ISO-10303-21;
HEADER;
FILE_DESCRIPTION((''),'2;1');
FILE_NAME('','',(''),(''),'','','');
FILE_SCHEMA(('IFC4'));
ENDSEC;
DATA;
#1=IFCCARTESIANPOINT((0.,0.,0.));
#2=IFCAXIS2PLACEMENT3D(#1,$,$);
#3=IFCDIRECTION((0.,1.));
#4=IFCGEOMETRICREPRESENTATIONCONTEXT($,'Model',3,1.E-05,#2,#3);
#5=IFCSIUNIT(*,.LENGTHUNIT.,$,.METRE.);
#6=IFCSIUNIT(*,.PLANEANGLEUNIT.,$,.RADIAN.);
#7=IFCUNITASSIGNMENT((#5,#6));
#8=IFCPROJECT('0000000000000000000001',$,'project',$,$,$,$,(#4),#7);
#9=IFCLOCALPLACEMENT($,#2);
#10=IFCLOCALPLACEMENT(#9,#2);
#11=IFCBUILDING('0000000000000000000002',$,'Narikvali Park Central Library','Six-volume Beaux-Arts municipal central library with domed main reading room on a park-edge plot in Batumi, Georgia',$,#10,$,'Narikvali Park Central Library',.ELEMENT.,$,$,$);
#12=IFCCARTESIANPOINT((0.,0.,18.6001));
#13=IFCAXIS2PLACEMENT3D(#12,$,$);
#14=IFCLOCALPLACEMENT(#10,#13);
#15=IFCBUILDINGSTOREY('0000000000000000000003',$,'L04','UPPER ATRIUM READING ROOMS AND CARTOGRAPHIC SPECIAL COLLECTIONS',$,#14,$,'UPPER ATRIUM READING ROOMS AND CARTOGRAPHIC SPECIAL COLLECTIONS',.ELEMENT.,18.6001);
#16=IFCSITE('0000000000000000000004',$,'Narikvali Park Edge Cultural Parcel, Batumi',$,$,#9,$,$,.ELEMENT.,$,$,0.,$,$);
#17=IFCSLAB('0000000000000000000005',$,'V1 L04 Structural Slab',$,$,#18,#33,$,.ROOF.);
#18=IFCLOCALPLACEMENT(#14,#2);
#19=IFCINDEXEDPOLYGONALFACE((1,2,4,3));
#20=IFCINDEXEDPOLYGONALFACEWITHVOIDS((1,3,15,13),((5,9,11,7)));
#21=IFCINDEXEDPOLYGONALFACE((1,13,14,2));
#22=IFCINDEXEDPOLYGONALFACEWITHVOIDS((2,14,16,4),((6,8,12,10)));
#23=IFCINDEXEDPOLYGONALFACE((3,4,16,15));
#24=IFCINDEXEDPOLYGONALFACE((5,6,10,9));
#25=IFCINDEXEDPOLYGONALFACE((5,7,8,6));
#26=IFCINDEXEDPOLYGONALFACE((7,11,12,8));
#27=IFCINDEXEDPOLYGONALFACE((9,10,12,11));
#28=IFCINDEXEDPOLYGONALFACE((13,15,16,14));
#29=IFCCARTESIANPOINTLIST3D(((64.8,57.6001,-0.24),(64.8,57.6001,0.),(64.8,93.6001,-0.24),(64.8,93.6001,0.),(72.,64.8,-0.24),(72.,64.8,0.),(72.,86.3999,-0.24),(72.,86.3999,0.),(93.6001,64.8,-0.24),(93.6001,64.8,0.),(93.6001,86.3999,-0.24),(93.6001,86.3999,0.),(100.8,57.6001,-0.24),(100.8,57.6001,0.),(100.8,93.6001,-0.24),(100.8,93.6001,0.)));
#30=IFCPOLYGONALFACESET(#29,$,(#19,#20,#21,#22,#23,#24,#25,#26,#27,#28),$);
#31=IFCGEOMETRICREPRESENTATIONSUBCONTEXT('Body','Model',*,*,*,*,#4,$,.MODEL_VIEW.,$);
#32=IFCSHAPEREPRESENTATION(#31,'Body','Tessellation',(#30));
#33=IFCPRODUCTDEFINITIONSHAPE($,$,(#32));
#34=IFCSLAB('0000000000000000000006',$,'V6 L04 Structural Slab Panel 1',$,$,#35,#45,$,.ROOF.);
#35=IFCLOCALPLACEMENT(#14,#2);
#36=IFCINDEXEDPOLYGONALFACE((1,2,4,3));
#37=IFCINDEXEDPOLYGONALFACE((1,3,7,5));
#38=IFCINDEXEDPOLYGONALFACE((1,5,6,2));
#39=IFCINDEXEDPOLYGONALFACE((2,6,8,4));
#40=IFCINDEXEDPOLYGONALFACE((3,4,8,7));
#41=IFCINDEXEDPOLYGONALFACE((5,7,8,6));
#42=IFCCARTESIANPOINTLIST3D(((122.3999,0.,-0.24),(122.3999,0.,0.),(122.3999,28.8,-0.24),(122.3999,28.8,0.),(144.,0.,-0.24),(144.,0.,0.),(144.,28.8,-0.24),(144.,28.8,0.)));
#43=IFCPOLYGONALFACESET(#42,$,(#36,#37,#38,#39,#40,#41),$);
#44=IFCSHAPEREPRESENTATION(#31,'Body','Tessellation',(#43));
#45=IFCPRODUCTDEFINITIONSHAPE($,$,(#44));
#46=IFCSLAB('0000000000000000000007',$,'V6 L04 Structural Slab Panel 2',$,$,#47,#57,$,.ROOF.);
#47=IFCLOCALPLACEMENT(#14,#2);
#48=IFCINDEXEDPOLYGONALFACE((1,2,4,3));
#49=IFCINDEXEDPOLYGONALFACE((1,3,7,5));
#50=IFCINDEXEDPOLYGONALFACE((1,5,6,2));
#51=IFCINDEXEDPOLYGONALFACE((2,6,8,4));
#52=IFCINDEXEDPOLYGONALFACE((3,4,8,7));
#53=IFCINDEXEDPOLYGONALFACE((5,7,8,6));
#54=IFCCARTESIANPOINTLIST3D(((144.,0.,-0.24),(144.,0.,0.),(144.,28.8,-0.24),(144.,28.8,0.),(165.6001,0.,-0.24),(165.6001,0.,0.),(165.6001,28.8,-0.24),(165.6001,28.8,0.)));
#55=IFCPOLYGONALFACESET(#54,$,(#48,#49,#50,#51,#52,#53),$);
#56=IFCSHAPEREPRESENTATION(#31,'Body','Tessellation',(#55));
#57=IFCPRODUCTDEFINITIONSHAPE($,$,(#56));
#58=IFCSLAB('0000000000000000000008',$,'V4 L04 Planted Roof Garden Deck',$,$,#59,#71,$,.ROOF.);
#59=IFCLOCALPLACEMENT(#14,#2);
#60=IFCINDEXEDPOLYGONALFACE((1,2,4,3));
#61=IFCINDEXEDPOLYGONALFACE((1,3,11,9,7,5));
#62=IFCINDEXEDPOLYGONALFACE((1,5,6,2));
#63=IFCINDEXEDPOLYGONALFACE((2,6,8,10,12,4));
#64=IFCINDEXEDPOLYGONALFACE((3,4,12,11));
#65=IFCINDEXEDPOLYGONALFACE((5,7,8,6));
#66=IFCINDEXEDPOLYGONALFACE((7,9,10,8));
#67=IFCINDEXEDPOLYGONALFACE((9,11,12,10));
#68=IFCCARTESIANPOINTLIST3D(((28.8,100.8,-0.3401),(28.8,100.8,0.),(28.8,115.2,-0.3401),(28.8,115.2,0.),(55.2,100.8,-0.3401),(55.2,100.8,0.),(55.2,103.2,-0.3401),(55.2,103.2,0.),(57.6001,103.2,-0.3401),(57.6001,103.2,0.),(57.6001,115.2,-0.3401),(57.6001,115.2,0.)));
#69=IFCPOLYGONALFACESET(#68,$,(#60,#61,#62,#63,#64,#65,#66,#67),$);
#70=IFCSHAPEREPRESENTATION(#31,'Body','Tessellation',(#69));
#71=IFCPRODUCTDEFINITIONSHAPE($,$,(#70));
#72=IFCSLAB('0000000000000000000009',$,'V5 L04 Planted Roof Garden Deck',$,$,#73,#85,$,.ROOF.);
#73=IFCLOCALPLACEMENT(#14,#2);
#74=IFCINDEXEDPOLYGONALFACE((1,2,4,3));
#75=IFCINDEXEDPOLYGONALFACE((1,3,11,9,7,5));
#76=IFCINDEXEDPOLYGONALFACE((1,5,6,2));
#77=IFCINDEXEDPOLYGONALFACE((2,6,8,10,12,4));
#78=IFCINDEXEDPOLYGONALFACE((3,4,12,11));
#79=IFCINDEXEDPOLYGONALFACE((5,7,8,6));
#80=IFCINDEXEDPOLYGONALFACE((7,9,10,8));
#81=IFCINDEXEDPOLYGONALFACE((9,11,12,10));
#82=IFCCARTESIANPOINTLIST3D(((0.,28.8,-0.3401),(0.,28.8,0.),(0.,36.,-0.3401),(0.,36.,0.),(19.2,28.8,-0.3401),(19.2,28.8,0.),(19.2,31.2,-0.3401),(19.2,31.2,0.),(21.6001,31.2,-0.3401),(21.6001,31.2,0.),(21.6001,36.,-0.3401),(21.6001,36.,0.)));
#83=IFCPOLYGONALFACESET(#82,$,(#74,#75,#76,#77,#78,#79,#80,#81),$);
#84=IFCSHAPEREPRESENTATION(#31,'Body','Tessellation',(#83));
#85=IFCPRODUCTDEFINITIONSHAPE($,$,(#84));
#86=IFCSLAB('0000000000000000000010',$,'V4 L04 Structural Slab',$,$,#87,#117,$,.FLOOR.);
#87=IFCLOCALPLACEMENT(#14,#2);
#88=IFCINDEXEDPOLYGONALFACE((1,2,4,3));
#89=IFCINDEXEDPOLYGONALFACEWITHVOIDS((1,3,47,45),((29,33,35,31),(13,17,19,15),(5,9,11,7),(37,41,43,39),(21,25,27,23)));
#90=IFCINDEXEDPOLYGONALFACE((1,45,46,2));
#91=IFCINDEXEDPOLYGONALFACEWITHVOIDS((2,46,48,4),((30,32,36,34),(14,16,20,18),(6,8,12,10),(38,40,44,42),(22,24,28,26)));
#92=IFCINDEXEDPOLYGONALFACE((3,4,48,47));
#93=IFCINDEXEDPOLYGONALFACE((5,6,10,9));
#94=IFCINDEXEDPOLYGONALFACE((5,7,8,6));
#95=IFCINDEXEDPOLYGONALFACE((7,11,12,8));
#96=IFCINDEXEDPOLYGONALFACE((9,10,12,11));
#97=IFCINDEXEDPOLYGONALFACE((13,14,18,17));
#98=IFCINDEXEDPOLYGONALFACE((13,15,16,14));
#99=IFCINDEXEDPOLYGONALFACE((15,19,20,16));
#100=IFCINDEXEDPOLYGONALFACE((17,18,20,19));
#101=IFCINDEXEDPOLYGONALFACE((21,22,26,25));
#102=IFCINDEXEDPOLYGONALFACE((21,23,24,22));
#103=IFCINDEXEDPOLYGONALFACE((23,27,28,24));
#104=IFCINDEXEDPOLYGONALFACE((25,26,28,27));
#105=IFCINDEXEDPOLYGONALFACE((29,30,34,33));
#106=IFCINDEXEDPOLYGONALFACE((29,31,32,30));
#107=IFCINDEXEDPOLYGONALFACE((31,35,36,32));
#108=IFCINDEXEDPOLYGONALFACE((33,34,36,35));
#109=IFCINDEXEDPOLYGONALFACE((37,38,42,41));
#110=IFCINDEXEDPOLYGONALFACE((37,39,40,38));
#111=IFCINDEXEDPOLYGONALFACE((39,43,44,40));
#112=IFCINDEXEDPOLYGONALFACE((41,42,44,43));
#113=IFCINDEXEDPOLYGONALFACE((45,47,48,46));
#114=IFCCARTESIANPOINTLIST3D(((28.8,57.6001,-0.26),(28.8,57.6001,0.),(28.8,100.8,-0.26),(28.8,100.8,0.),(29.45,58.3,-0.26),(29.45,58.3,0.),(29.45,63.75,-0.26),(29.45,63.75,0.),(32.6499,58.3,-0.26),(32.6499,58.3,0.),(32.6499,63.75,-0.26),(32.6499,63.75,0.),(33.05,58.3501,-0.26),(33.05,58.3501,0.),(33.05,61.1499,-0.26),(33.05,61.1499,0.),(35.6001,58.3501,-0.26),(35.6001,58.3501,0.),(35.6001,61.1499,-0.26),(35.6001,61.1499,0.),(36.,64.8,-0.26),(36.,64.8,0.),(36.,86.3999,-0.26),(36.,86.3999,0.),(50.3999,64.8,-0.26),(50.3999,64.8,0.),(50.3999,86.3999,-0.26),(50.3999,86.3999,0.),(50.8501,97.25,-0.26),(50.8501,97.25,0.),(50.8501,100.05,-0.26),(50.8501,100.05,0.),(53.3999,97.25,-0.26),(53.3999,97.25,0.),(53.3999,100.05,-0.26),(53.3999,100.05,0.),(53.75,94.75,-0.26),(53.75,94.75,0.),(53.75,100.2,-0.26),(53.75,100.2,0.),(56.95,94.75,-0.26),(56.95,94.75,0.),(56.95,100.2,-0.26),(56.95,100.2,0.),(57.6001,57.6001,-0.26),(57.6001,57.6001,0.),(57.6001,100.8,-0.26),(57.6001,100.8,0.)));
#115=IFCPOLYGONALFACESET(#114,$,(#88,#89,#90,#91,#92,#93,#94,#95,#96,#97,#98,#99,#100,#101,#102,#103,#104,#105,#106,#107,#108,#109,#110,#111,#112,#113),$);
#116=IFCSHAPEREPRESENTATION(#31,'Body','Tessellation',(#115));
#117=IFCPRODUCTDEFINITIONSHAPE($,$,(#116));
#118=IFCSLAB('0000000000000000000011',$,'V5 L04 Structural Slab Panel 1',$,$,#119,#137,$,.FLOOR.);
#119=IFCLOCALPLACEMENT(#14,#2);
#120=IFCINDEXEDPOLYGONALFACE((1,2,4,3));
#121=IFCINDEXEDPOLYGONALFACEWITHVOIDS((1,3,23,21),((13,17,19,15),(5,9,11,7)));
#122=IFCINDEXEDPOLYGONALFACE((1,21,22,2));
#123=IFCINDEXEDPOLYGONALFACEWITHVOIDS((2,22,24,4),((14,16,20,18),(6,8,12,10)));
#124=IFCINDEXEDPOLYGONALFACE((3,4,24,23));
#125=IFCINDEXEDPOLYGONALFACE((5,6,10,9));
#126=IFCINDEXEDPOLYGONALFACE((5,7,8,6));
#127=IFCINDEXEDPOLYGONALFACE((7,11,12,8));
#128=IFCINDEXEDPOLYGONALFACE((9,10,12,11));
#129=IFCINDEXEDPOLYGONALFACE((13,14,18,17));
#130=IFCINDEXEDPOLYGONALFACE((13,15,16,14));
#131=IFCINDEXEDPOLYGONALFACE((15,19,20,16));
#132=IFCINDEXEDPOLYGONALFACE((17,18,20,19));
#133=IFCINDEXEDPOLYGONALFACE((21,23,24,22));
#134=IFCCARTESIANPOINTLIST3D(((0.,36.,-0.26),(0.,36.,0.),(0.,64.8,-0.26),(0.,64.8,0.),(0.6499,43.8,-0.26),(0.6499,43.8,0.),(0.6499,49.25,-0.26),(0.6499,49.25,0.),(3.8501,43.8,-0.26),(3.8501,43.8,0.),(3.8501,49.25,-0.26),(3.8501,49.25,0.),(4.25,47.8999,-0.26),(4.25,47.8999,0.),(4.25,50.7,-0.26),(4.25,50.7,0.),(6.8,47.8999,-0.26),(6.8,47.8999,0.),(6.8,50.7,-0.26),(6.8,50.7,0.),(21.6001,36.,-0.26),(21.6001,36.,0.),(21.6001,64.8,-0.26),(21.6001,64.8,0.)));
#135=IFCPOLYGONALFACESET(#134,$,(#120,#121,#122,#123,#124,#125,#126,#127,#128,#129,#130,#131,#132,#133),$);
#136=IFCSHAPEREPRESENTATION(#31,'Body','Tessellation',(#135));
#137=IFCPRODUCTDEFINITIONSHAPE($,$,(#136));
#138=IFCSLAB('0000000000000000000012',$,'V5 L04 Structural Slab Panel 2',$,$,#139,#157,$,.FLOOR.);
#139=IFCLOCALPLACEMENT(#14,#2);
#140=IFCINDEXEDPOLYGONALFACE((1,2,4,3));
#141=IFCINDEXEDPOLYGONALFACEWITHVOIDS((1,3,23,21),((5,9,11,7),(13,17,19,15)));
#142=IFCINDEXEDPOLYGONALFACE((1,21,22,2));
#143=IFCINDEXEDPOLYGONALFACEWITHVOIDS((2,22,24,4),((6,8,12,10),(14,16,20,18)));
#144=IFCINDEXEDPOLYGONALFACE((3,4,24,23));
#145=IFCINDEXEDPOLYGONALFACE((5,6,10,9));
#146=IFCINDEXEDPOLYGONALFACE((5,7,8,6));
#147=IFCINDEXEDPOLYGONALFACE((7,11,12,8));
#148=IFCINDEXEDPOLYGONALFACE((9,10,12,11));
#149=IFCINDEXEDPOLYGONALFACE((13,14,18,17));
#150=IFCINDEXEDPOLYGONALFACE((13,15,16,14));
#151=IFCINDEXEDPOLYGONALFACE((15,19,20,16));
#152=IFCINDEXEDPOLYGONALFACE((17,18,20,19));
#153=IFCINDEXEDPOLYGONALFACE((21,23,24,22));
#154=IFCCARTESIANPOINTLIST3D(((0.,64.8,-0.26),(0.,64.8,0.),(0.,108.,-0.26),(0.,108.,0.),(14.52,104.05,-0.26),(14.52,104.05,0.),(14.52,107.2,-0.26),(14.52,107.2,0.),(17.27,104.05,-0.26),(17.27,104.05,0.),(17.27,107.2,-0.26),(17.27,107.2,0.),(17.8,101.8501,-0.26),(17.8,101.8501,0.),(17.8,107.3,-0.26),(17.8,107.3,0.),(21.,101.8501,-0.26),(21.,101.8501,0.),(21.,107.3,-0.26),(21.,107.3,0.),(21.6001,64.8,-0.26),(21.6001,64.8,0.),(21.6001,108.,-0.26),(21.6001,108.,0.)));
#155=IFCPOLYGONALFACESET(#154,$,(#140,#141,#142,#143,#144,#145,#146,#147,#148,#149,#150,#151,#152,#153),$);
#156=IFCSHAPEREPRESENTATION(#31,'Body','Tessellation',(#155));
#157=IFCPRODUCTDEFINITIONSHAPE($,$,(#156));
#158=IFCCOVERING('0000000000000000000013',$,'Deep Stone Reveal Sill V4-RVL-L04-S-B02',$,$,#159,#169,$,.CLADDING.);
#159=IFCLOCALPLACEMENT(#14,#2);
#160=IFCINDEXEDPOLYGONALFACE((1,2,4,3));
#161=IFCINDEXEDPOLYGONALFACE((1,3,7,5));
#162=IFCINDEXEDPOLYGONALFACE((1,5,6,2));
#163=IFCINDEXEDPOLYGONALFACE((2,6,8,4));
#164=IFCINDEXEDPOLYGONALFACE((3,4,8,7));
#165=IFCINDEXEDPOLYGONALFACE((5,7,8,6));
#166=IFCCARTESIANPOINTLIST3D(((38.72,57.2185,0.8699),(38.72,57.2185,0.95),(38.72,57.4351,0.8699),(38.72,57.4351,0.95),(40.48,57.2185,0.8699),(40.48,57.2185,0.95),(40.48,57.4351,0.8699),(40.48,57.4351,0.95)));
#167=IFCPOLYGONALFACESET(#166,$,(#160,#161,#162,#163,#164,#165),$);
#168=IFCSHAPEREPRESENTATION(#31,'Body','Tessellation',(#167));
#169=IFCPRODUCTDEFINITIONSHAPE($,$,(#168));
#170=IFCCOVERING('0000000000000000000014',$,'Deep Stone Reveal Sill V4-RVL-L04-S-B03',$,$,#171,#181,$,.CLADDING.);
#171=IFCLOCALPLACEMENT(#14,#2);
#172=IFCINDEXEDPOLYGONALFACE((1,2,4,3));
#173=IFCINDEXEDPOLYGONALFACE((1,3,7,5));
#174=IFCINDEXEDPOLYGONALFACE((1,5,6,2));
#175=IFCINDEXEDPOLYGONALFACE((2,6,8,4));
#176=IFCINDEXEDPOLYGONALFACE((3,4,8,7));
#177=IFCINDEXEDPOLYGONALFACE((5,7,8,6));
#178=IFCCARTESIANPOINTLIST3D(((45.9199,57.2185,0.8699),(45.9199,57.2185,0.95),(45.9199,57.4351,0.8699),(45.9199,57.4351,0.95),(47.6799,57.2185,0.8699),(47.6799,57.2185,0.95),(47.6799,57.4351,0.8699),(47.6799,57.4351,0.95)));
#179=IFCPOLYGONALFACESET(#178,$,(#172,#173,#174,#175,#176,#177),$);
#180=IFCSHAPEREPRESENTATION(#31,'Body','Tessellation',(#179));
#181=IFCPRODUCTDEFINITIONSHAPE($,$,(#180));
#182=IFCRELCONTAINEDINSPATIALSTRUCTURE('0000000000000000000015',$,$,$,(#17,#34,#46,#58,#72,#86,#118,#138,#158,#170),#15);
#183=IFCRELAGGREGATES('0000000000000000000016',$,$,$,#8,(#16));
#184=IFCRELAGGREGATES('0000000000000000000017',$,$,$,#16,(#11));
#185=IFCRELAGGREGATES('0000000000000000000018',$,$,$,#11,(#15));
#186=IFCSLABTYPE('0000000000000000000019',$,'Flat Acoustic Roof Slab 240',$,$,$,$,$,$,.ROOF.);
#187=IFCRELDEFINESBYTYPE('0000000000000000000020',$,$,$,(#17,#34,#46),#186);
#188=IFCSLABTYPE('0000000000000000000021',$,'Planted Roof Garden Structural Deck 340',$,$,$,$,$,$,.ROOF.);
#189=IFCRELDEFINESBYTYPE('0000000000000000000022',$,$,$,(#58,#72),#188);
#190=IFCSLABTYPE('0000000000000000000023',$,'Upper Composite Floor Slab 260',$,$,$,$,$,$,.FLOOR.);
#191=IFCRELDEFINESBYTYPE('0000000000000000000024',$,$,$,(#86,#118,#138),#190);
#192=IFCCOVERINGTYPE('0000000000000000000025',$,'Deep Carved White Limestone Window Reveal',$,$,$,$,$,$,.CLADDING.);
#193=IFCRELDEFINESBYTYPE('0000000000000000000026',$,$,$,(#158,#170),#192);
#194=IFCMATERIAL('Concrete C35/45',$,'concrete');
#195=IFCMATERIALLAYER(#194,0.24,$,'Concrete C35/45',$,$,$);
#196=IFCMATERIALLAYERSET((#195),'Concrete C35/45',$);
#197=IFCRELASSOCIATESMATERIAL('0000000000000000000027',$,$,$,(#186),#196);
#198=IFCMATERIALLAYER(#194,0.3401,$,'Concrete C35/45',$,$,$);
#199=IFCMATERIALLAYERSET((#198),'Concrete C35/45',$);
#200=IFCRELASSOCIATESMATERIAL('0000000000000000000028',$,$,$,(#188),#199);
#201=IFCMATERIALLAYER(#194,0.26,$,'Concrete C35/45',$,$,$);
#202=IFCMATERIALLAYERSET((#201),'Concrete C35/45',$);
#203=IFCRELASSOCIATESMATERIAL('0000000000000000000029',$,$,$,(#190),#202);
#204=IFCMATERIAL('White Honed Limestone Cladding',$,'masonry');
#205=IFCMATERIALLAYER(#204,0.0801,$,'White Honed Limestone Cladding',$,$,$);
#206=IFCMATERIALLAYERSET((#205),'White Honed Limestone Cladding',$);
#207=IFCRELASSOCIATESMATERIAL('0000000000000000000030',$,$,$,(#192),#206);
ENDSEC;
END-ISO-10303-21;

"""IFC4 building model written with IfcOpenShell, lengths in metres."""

from ifc_helpers import new_model, si_unit, direction, frame, origin, place, context, subcontext, project, spatial, polyline, outline, extrude, material, layer, layer_set, type_object, element, save


model = new_model("IFC4")

# Units and contexts
model_context = context("Model", 3, precision=1e-05, world=origin(), true_north=direction((0.0, 1.0)))
body_context = subcontext(model_context, "Body", "Model", "MODEL_VIEW")
ifc_project = project(units=[si_unit("LENGTHUNIT", "METRE"), si_unit("PLANEANGLEUNIT", "RADIAN")], contexts=[model_context])

# Site, building, storey
site_placement = place(None, origin())
site = spatial("IfcSite", under=ifc_project, at=site_placement, Name="Narikvali Park Edge Cultural Parcel, Batumi", CompositionType="ELEMENT", RefElevation=0.0)
building_placement = place(site_placement, origin())
building = spatial("IfcBuilding", under=site, at=building_placement, Name="Narikvali Park Central Library", Description="Six-volume Beaux-Arts municipal central library with domed main reading room on a park-edge plot in Batumi, Georgia", LongName="Narikvali Park Central Library", CompositionType="ELEMENT")
storey_placement = place(building_placement, frame((0.0, 0.0, 18.6001)))
storey = spatial("IfcBuildingStorey", under=building, at=storey_placement, Name="L04", Description="UPPER ATRIUM READING ROOMS AND CARTOGRAPHIC SPECIAL COLLECTIONS", LongName="UPPER ATRIUM READING ROOMS AND CARTOGRAPHIC SPECIAL COLLECTIONS", CompositionType="ELEMENT", Elevation=18.6001)

# Slabs
ifc_material_1 = material(Name="Concrete C35/45", Category="concrete")
ifc_layer_1 = layer(ifc_material_1, 0.24, Name="Concrete C35/45")
ifc_layer_set_1 = layer_set([ifc_layer_1], Name="Concrete C35/45")
slab_type_1 = type_object("IfcSlabType", Name="Flat Acoustic Roof Slab 240", PredefinedType="ROOF", material=ifc_layer_set_1)
slab_1_placement = place(storey_placement, frame((0.0, 0.0, -0.24)))
element("IfcSlab", 1, at=slab_1_placement, inside=storey, type_object=slab_type_1, Name="V1 L04 Structural Slab", PredefinedType="ROOF", context=body_context, shape_type="SweptSolid", body=[
    extrude(outline(polyline([(64.8, 57.6001), (100.8, 57.6001), (100.8, 93.6001), (64.8, 93.6001), (64.8, 57.6001)]), holes=[polyline([(72.0, 64.8), (93.6001, 64.8), (93.6001, 86.3999), (72.0, 86.3999), (72.0, 64.8)])]), origin(), (0.0, 0.0, 1.0), 0.24),
])
slab_2_placement = place(storey_placement, frame((0.0, 0.0, -0.24)))
element("IfcSlab", 2, at=slab_2_placement, inside=storey, type_object=slab_type_1, Name="V6 L04 Structural Slab Panel 1", PredefinedType="ROOF", context=body_context, shape_type="SweptSolid", body=[
    extrude(outline(polyline([(122.3999, 0.0), (144.0, 0.0), (144.0, 28.8), (122.3999, 28.8), (122.3999, 0.0)])), origin(), (0.0, 0.0, 1.0), 0.24),
])
slab_3_placement = place(storey_placement, frame((0.0, 0.0, -0.24)))
element("IfcSlab", 3, at=slab_3_placement, inside=storey, type_object=slab_type_1, Name="V6 L04 Structural Slab Panel 2", PredefinedType="ROOF", context=body_context, shape_type="SweptSolid", body=[
    extrude(outline(polyline([(144.0, 0.0), (165.6001, 0.0), (165.6001, 28.8), (144.0, 28.8), (144.0, 0.0)])), origin(), (0.0, 0.0, 1.0), 0.24),
])
ifc_layer_2 = layer(ifc_material_1, 0.3401, Name="Concrete C35/45")
ifc_layer_set_2 = layer_set([ifc_layer_2], Name="Concrete C35/45")
slab_type_2 = type_object("IfcSlabType", Name="Planted Roof Garden Structural Deck 340", PredefinedType="ROOF", material=ifc_layer_set_2)
slab_4_placement = place(storey_placement, frame((0.0, 0.0, -0.3401)))
element("IfcSlab", 4, at=slab_4_placement, inside=storey, type_object=slab_type_2, Name="V4 L04 Planted Roof Garden Deck", PredefinedType="ROOF", context=body_context, shape_type="SweptSolid", body=[
    extrude(outline(polyline([(28.8, 100.8), (55.2, 100.8), (55.2, 103.2), (57.6001, 103.2), (57.6001, 115.2), (28.8, 115.2), (28.8, 100.8)])), origin(), (0.0, 0.0, 1.0), 0.3401),
])
slab_5_placement = place(storey_placement, frame((0.0, 0.0, -0.3401)))
element("IfcSlab", 5, at=slab_5_placement, inside=storey, type_object=slab_type_2, Name="V5 L04 Planted Roof Garden Deck", PredefinedType="ROOF", context=body_context, shape_type="SweptSolid", body=[
    extrude(outline(polyline([(0.0, 28.8), (19.2, 28.8), (19.2, 31.2), (21.6001, 31.2), (21.6001, 36.0), (0.0, 36.0), (0.0, 28.8)])), origin(), (0.0, 0.0, 1.0), 0.3401),
])
ifc_layer_3 = layer(ifc_material_1, 0.26, Name="Concrete C35/45")
ifc_layer_set_3 = layer_set([ifc_layer_3], Name="Concrete C35/45")
slab_type_3 = type_object("IfcSlabType", Name="Upper Composite Floor Slab 260", PredefinedType="FLOOR", material=ifc_layer_set_3)
slab_6_placement = place(storey_placement, frame((0.0, 0.0, -0.26)))
element("IfcSlab", 6, at=slab_6_placement, inside=storey, type_object=slab_type_3, Name="V4 L04 Structural Slab", PredefinedType="FLOOR", context=body_context, shape_type="SweptSolid", body=[
    extrude(outline(polyline([(28.8, 57.6001), (57.6001, 57.6001), (57.6001, 100.8), (28.8, 100.8), (28.8, 57.6001)]), holes=[polyline([(29.45, 58.3), (32.6499, 58.3), (32.6499, 63.75), (29.45, 63.75), (29.45, 58.3)]), polyline([(33.05, 58.3501), (35.6001, 58.3501), (35.6001, 61.1499), (33.05, 61.1499), (33.05, 58.3501)]), polyline([(53.75, 94.75), (56.95, 94.75), (56.95, 100.2), (53.75, 100.2), (53.75, 94.75)]), polyline([(50.8501, 97.25), (53.3999, 97.25), (53.3999, 100.05), (50.8501, 100.05), (50.8501, 97.25)]), polyline([(36.0, 64.8), (50.3999, 64.8), (50.3999, 86.3999), (36.0, 86.3999), (36.0, 64.8)])]), origin(), (0.0, 0.0, 1.0), 0.26),
])
slab_7_placement = place(storey_placement, frame((0.0, 0.0, -0.26)))
element("IfcSlab", 7, at=slab_7_placement, inside=storey, type_object=slab_type_3, Name="V5 L04 Structural Slab Panel 1", PredefinedType="FLOOR", context=body_context, shape_type="SweptSolid", body=[
    extrude(outline(polyline([(0.0, 36.0), (21.6001, 36.0), (21.6001, 64.8), (0.0, 64.8), (0.0, 36.0)]), holes=[polyline([(0.6499, 43.8), (3.8501, 43.8), (3.8501, 49.25), (0.6499, 49.25), (0.6499, 43.8)]), polyline([(4.25, 47.8999), (6.8, 47.8999), (6.8, 50.7), (4.25, 50.7), (4.25, 47.8999)])]), origin(), (0.0, 0.0, 1.0), 0.26),
])
slab_8_placement = place(storey_placement, frame((0.0, 0.0, -0.26)))
element("IfcSlab", 8, at=slab_8_placement, inside=storey, type_object=slab_type_3, Name="V5 L04 Structural Slab Panel 2", PredefinedType="FLOOR", context=body_context, shape_type="SweptSolid", body=[
    extrude(outline(polyline([(0.0, 64.8), (21.6001, 64.8), (21.6001, 108.0), (0.0, 108.0), (0.0, 64.8)]), holes=[polyline([(17.8, 101.8501), (21.0, 101.8501), (21.0, 107.3), (17.8, 107.3), (17.8, 101.8501)]), polyline([(14.52, 104.05), (17.27, 104.05), (17.27, 107.2), (14.52, 107.2), (14.52, 104.05)])]), origin(), (0.0, 0.0, 1.0), 0.26),
])

# Coverings
ifc_material_2 = material(Name="White Honed Limestone Cladding", Category="masonry")
ifc_layer_4 = layer(ifc_material_2, 0.0801, Name="White Honed Limestone Cladding")
ifc_layer_set_4 = layer_set([ifc_layer_4], Name="White Honed Limestone Cladding")
covering_type_1 = type_object("IfcCoveringType", Name="Deep Carved White Limestone Window Reveal", PredefinedType="CLADDING", material=ifc_layer_set_4)
covering_1_placement = place(storey_placement, frame((0.0, 0.0, 0.8699)))
element("IfcCovering", 9, at=covering_1_placement, inside=storey, type_object=covering_type_1, Name="Deep Stone Reveal Sill V4-RVL-L04-S-B02", PredefinedType="CLADDING", context=body_context, shape_type="SweptSolid", body=[
    extrude(outline(polyline([(38.72, 57.4351), (40.48, 57.4351), (40.48, 57.2185), (38.72, 57.2185), (38.72, 57.4351)])), origin(), (0.0, 0.0, 1.0), 0.0801),
])
covering_2_placement = place(storey_placement, frame((0.0, 0.0, 0.8699)))
element("IfcCovering", 10, at=covering_2_placement, inside=storey, type_object=covering_type_1, Name="Deep Stone Reveal Sill V4-RVL-L04-S-B03", PredefinedType="CLADDING", context=body_context, shape_type="SweptSolid", body=[
    extrude(outline(polyline([(45.9199, 57.4351), (47.6799, 57.4351), (47.6799, 57.2185), (45.9199, 57.2185), (45.9199, 57.4351)])), origin(), (0.0, 0.0, 1.0), 0.0801),
])

save(model, "model.ifc")
